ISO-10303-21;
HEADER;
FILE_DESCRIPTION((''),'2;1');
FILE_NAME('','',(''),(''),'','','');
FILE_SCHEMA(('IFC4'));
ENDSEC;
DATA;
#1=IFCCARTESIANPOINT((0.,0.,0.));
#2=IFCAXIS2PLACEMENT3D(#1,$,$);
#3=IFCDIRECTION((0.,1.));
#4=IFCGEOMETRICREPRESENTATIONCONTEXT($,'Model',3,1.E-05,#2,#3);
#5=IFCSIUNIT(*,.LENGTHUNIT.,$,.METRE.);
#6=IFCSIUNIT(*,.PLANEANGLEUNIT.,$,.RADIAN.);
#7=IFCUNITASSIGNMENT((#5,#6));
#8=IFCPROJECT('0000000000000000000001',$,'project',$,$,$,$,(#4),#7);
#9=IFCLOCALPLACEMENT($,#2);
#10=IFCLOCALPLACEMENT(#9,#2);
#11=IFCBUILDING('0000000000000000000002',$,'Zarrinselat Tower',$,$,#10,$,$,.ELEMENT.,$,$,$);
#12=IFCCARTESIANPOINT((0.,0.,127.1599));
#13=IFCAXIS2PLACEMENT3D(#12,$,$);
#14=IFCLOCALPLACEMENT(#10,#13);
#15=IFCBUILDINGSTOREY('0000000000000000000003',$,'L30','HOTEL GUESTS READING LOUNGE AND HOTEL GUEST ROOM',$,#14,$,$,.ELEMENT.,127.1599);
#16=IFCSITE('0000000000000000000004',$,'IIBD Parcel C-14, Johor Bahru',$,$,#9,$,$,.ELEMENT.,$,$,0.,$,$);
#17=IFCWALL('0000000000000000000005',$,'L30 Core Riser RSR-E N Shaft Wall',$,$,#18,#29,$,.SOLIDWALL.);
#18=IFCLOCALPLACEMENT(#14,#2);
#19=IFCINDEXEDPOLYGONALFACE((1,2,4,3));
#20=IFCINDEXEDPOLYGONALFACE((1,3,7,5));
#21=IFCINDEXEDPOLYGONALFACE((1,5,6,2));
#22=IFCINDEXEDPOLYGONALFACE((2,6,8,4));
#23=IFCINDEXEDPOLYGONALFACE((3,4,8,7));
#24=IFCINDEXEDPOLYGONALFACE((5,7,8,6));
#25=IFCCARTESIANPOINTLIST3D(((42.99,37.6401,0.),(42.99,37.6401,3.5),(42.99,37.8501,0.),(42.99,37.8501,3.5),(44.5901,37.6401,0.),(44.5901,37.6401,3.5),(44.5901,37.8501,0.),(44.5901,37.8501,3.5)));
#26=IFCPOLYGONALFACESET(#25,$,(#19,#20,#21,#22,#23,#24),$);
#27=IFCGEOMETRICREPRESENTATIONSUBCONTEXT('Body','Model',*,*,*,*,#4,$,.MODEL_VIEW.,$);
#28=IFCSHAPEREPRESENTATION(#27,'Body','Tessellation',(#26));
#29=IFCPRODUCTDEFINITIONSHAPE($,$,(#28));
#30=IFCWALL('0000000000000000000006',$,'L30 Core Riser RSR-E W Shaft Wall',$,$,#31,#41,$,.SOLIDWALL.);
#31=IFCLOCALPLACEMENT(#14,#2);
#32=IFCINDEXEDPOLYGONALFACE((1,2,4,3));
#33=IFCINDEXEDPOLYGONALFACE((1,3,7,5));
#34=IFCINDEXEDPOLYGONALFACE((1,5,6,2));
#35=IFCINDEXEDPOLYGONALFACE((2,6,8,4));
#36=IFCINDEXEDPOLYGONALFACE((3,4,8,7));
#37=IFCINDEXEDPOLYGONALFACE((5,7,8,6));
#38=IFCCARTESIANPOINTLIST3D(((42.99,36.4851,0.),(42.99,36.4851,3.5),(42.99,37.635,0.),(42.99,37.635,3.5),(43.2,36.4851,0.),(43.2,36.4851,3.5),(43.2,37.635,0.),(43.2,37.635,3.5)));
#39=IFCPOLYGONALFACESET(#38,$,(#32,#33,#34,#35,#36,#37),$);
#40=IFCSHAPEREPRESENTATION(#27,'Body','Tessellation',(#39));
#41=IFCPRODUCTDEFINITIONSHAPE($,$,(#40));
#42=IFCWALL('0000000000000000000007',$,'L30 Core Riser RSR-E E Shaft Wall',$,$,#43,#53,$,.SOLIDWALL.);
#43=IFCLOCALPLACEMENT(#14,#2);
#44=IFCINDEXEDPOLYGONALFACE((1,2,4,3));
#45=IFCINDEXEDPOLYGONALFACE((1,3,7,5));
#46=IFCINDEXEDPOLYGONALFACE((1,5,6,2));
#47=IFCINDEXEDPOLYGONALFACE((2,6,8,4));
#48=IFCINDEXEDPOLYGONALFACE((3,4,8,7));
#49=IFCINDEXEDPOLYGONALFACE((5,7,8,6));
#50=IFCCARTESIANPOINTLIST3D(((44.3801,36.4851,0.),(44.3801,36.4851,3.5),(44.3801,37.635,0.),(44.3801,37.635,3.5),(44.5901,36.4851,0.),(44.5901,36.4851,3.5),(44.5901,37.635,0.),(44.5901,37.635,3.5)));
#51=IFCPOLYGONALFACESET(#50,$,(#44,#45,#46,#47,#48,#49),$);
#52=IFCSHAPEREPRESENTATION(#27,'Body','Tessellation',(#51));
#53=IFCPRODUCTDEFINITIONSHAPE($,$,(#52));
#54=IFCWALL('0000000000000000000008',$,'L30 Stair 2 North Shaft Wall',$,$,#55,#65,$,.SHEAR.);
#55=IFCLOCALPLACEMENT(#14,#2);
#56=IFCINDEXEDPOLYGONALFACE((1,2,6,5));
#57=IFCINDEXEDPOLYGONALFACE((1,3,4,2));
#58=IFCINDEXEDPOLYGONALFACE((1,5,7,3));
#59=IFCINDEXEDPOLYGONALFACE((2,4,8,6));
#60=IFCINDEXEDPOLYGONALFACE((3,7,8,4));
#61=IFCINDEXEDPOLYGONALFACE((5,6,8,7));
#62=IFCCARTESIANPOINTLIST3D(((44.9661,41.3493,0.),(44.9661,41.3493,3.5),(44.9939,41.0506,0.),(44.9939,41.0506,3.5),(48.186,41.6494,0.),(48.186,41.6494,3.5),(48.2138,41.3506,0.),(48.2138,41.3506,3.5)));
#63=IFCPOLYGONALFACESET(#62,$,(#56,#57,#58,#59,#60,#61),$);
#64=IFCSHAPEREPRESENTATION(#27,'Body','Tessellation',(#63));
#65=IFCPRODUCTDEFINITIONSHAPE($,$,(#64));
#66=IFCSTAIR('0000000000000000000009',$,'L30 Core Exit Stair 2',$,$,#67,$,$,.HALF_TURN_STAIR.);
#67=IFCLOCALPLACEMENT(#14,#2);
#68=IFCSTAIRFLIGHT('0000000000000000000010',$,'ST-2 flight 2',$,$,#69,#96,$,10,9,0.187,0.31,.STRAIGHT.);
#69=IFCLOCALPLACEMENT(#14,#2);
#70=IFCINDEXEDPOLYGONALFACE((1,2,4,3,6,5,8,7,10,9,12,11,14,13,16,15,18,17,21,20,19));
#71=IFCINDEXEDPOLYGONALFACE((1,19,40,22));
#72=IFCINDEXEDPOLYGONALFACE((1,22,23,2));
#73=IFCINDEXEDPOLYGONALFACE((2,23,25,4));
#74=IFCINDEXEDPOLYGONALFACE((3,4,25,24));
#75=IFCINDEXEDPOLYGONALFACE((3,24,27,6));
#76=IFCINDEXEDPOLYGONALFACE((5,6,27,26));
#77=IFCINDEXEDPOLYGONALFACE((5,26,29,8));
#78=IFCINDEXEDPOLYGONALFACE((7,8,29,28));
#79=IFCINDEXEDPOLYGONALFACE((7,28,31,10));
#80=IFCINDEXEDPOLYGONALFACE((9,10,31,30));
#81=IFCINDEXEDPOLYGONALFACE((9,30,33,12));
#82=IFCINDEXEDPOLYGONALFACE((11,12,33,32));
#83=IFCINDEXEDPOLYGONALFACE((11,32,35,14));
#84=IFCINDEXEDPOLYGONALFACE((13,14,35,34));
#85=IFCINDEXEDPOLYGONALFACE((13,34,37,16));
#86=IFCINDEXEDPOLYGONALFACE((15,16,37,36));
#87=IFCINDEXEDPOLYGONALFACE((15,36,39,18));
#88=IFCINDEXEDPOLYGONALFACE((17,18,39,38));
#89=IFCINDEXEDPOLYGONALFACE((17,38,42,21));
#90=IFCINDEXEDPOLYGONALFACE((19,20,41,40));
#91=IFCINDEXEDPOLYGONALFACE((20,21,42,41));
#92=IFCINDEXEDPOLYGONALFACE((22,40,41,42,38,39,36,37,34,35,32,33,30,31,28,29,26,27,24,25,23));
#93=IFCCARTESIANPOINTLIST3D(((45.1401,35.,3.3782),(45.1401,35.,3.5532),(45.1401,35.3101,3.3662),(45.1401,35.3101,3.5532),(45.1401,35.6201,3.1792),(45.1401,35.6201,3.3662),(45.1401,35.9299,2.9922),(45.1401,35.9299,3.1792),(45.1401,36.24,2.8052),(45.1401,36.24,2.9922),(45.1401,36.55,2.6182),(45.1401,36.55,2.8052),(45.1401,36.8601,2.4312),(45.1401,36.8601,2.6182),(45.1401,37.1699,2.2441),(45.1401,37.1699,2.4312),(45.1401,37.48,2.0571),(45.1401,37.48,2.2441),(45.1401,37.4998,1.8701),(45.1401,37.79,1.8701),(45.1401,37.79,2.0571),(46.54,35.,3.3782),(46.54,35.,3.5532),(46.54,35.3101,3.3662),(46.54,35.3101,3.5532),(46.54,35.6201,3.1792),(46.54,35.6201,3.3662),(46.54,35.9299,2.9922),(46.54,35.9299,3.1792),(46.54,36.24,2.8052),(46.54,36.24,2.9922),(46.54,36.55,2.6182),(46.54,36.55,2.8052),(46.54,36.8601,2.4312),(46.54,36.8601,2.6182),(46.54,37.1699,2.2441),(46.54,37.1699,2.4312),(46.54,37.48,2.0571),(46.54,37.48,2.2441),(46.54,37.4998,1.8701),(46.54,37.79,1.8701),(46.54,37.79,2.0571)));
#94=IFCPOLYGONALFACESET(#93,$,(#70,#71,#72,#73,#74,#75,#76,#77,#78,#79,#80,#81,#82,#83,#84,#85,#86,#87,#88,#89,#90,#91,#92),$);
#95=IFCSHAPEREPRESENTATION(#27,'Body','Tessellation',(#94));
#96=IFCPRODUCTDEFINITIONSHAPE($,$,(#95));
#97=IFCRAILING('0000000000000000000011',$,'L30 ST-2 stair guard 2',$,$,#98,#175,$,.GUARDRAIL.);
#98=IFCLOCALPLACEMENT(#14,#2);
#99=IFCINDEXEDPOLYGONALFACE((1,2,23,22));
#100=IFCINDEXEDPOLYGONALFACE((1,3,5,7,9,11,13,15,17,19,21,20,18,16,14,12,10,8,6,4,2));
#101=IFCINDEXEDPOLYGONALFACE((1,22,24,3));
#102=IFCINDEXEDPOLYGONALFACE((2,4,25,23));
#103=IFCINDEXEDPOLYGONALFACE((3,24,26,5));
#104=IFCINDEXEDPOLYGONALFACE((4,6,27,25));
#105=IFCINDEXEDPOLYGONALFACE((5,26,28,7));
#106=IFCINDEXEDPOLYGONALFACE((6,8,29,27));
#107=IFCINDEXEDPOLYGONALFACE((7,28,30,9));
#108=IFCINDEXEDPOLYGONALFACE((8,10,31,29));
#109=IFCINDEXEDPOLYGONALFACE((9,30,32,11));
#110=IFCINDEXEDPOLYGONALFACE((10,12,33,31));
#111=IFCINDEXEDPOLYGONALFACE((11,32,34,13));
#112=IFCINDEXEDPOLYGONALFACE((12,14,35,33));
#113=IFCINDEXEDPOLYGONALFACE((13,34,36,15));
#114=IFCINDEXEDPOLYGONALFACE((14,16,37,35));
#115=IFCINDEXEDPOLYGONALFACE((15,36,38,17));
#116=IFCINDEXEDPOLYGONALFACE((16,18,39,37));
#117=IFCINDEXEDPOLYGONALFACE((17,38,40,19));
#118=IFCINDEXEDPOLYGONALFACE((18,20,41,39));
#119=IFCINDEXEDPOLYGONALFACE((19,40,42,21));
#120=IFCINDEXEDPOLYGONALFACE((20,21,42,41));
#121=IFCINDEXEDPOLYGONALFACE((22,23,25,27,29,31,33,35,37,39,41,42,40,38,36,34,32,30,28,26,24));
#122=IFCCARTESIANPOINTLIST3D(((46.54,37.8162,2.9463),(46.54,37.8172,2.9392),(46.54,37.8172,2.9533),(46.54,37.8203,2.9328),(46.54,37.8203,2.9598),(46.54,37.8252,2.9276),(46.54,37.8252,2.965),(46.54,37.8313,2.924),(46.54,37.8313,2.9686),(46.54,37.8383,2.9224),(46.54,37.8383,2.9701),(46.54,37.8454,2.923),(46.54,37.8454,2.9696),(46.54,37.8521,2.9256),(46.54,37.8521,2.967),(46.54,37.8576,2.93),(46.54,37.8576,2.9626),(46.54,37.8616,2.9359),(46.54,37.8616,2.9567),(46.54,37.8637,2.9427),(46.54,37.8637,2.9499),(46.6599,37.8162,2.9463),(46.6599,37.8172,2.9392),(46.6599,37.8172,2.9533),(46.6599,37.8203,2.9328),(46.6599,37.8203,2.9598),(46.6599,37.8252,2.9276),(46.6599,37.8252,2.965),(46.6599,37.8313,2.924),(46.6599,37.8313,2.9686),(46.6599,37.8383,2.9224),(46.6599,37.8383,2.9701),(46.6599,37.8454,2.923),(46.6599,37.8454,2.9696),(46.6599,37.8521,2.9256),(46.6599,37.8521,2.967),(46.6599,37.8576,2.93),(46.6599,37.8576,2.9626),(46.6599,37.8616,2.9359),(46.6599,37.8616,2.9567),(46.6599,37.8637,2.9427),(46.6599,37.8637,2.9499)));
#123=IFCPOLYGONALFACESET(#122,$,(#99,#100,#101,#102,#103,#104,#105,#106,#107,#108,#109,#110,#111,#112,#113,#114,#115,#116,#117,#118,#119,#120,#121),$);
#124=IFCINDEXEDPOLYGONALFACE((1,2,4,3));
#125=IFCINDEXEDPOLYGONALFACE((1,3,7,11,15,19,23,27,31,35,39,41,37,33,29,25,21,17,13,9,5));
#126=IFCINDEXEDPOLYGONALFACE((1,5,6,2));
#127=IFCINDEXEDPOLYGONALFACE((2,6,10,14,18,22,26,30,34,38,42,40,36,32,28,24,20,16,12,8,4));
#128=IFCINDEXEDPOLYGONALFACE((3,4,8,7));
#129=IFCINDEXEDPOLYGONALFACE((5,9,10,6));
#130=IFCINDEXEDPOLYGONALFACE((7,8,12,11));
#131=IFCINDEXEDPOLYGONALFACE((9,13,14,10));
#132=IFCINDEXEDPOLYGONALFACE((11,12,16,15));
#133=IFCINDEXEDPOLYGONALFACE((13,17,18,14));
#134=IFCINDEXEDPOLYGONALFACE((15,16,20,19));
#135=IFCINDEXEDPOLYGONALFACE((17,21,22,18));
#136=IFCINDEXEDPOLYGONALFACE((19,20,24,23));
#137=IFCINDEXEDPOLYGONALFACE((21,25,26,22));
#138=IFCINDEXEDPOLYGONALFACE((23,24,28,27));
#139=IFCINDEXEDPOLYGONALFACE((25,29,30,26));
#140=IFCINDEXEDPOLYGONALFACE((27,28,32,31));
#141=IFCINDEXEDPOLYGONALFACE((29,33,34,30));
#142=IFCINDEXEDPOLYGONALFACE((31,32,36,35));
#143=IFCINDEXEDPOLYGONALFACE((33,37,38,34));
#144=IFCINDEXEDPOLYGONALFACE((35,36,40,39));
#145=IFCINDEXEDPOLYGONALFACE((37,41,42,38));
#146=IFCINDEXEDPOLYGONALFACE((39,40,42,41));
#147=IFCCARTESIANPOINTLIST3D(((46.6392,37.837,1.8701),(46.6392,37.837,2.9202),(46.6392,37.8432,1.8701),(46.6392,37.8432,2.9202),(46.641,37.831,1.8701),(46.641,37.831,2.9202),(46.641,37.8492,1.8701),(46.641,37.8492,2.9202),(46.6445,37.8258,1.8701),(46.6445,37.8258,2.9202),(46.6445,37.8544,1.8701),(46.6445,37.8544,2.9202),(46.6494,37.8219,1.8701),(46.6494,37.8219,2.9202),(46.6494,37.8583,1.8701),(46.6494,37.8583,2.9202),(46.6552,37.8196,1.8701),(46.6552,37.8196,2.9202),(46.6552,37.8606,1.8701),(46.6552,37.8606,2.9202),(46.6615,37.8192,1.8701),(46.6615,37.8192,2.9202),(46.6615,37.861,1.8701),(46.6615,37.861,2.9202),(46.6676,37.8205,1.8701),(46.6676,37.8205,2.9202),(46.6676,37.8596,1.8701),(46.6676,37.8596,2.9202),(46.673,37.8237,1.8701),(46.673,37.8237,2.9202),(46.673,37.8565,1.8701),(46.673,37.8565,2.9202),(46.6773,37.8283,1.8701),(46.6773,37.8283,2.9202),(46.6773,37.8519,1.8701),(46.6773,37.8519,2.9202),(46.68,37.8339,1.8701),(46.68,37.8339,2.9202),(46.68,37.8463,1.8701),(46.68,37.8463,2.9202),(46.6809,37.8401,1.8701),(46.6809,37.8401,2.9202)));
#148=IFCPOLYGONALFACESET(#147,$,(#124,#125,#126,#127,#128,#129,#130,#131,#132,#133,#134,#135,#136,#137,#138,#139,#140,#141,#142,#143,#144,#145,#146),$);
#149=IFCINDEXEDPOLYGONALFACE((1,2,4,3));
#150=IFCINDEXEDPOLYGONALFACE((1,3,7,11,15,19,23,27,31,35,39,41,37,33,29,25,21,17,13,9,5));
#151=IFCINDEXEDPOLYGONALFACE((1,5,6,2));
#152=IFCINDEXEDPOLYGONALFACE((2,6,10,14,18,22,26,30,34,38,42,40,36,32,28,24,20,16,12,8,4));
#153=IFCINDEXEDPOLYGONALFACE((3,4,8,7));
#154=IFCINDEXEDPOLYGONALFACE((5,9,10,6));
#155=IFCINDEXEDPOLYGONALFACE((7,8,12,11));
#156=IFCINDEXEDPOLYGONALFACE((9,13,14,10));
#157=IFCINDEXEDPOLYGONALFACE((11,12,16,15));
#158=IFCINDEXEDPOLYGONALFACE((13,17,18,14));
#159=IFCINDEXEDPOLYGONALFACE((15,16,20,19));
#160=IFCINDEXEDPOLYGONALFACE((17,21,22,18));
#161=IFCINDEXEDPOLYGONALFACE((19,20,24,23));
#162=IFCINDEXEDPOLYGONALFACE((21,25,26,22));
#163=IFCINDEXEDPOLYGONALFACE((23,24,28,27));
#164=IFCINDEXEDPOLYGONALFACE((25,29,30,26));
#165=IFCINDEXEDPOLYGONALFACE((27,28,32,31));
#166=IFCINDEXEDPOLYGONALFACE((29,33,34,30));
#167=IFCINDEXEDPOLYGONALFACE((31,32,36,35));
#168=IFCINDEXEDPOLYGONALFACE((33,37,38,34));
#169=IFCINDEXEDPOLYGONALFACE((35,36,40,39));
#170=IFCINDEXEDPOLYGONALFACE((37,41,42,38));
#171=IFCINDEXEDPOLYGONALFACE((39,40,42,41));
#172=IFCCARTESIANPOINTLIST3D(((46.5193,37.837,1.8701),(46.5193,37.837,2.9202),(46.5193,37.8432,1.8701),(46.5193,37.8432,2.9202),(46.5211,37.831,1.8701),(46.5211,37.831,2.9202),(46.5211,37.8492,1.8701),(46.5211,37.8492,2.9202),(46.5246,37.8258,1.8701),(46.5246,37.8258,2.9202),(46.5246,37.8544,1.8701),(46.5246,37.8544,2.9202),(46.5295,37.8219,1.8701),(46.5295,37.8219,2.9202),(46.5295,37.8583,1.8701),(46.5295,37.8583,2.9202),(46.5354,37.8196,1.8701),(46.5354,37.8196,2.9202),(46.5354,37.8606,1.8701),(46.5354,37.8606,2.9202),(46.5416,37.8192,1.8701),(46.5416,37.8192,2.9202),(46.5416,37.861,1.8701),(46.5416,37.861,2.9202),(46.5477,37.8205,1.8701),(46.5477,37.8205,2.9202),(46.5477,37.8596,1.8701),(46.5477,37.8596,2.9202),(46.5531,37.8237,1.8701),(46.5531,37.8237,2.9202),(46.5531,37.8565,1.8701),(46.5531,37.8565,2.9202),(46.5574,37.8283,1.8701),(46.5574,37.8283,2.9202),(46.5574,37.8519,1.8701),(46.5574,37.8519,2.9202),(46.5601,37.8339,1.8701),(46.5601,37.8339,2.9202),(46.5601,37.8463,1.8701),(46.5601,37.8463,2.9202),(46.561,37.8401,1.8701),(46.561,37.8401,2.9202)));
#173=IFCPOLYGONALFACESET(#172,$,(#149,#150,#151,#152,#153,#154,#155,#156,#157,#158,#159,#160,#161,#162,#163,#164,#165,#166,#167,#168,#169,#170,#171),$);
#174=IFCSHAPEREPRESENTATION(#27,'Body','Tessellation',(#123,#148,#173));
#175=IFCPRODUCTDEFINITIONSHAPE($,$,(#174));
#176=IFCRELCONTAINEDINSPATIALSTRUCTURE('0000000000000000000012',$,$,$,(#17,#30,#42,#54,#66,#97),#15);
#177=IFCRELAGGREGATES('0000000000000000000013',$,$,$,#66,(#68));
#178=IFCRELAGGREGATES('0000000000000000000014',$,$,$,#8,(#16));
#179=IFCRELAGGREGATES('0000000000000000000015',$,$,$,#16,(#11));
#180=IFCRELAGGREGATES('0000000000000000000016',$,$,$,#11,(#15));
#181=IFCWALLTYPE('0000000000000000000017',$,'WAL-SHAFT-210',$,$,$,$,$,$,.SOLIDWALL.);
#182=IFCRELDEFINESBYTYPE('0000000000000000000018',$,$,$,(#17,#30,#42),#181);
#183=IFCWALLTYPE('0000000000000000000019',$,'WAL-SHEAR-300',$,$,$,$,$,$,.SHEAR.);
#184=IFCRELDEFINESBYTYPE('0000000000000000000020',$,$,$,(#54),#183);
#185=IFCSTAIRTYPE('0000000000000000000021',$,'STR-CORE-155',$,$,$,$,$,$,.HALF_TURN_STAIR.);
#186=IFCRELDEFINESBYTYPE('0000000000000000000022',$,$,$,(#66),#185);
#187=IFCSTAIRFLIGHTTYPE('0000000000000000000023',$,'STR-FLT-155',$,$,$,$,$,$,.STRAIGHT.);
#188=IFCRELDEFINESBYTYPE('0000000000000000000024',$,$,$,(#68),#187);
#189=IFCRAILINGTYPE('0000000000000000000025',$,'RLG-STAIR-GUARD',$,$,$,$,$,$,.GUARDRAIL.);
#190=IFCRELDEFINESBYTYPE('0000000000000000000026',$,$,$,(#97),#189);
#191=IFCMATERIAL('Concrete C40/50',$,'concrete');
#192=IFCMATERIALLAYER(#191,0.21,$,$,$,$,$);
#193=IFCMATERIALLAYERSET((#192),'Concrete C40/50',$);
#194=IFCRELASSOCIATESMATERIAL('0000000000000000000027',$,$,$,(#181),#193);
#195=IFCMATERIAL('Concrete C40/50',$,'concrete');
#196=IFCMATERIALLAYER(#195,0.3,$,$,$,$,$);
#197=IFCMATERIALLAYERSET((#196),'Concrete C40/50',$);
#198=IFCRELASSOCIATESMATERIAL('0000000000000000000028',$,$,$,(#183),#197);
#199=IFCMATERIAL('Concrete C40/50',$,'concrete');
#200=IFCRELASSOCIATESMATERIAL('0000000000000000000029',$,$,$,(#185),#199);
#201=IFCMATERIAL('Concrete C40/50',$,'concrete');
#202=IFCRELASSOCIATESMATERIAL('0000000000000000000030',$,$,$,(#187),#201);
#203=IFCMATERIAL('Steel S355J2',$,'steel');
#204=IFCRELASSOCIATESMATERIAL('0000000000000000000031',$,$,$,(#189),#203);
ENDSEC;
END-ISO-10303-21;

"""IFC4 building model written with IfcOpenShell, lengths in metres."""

from ifc_helpers import new_model, si_unit, direction, frame, frame_2d, origin, origin_2d, place, context, subcontext, project, spatial, polyline, rectangle, circle, outline, extrude, material, layer, layer_set, type_object, element, aggregate, save


model = new_model("IFC4")

# Units and contexts
model_context = context("Model", 3, precision=1e-05, world=origin(), true_north=direction((0.0, 1.0)))
body_context = subcontext(model_context, "Body", "Model", "MODEL_VIEW")
ifc_project = project(units=[si_unit("LENGTHUNIT", "METRE"), si_unit("PLANEANGLEUNIT", "RADIAN")], contexts=[model_context])

# Site, building, storey
site_placement = place(None, origin())
site = spatial("IfcSite", under=ifc_project, at=site_placement, Name="IIBD Parcel C-14, Johor Bahru", CompositionType="ELEMENT", RefElevation=0.0)
building_placement = place(site_placement, origin())
building = spatial("IfcBuilding", under=site, at=building_placement, Name="Zarrinselat Tower", CompositionType="ELEMENT")
storey_placement = place(building_placement, frame((0.0, 0.0, 127.1599)))
storey = spatial("IfcBuildingStorey", under=building, at=storey_placement, Name="L30", Description="HOTEL GUESTS READING LOUNGE AND HOTEL GUEST ROOM", CompositionType="ELEMENT", Elevation=127.1599)

# Walls
ifc_material_1 = material(Name="Concrete C40/50", Category="concrete")
ifc_layer_1 = layer(ifc_material_1, 0.21)
ifc_layer_set_1 = layer_set([ifc_layer_1], Name="Concrete C40/50")
wall_type_1 = type_object("IfcWallType", Name="WAL-SHAFT-210", PredefinedType="SOLIDWALL", material=ifc_layer_set_1)
for number, where, z_axis, x_axis, name in (
    (1, (42.99, 37.7451, 0.0), (0.0, 0.0, 1.0), (1.0, 0.0, 0.0), "L30 Core Riser RSR-E N Shaft Wall"),
):
    element("IfcWall", number, at=place(storey_placement, frame(where, z_axis=z_axis, x_axis=x_axis)), inside=storey, type_object=wall_type_1, Name=name, PredefinedType="SOLIDWALL", context=body_context, shape_type="SweptSolid", body=[
        extrude(rectangle(XDim=1.6001, YDim=0.21, at=frame_2d((0.8, 0.0))), origin(), (0.0, 0.0, 1.0), 3.5),
    ])
for number, where, z_axis, x_axis, name in (
    (2, (43.095, 36.4851, 0.0), (0.0, 0.0, 1.0), (0.0, 1.0, 0.0), "L30 Core Riser RSR-E W Shaft Wall"),
    (3, (44.4851, 36.4851, 0.0), (0.0, 0.0, 1.0), (0.0, 1.0, 0.0), "L30 Core Riser RSR-E E Shaft Wall"),
):
    element("IfcWall", number, at=place(storey_placement, frame(where, z_axis=z_axis, x_axis=x_axis)), inside=storey, type_object=wall_type_1, Name=name, PredefinedType="SOLIDWALL", context=body_context, shape_type="SweptSolid", body=[
        extrude(rectangle(XDim=1.1499, YDim=0.21, at=frame_2d((0.575, 0.0))), origin(), (0.0, 0.0, 1.0), 3.5),
    ])
ifc_material_2 = material(Name="Concrete C40/50", Category="concrete")
ifc_layer_2 = layer(ifc_material_2, 0.3)
ifc_layer_set_2 = layer_set([ifc_layer_2], Name="Concrete C40/50")
wall_type_2 = type_object("IfcWallType", Name="WAL-SHEAR-300", PredefinedType="SHEAR", material=ifc_layer_set_2)
wall_1_placement = place(storey_placement, frame((44.98, 41.2, 0.0), z_axis=(0.0, 0.0, 1.0), x_axis=(0.995686, 0.092782, 0.0)))
element("IfcWall", 4, at=wall_1_placement, inside=storey, type_object=wall_type_2, Name="L30 Stair 2 North Shaft Wall", PredefinedType="SHEAR", context=body_context, shape_type="SweptSolid", body=[
    extrude(rectangle(XDim=3.2339, YDim=0.3, at=frame_2d((1.6169, 0.0))), origin(), (0.0, 0.0, 1.0), 3.5),
])

# Stair, stair flight
ifc_material_3 = material(Name="Concrete C40/50", Category="concrete")
stair_type = type_object("IfcStairType", Name="STR-CORE-155", PredefinedType="HALF_TURN_STAIR", material=ifc_material_3)
stair_placement = place(storey_placement, origin())
stair = element("IfcStair", 5, at=stair_placement, inside=storey, type_object=stair_type, Name="L30 Core Exit Stair 2", PredefinedType="HALF_TURN_STAIR")
ifc_material_4 = material(Name="Concrete C40/50", Category="concrete")
stair_flight_type = type_object("IfcStairFlightType", Name="STR-FLT-155", PredefinedType="STRAIGHT", material=ifc_material_4)
stair_flight_placement = place(storey_placement, frame((45.8401, 37.79, 1.8701), z_axis=(0.0, 0.0, 1.0), x_axis=(0.0, -1.0, 0.0)))
stair_flight = element("IfcStairFlight", 6, at=stair_flight_placement, type_object=stair_flight_type, Name="ST-2 flight 2", NumberOfRisers=10, NumberOfTreads=9, PredefinedType="STRAIGHT", RiserHeight=0.187, TreadLength=0.31, context=body_context, shape_type="SweptSolid", body=[
    extrude(outline(polyline([(0.0, 0.0), (0.0, 0.187), (0.3101, 0.187), (0.3101, 0.374), (0.6201, 0.374), (0.6201, 0.561), (0.9299, 0.561), (0.9299, 0.748), (1.24, 0.748), (1.24, 0.9351), (1.55, 0.9351), (1.55, 1.1221), (1.8601, 1.1221), (1.8601, 1.3091), (2.1699, 1.3091), (2.1699, 1.4961), (2.48, 1.4961), (2.48, 1.6831), (2.79, 1.6831), (2.79, 1.8701), (2.79, 1.5081), (0.2903, 0.0), (0.0, 0.0)])), frame((0.0, 0.7, 0.0), z_axis=(0.0, -1.0, 0.0), x_axis=(1.0, 0.0, 0.0)), (0.0, 0.0, 1.0), 1.3999),
])
aggregate(stair, [stair_flight])

# Railing
ifc_material_5 = material(Name="Steel S355J2", Category="steel")
railing_type_1 = type_object("IfcRailingType", Name="RLG-STAIR-GUARD", PredefinedType="GUARDRAIL", material=ifc_material_5)
railing_1_placement = place(storey_placement, frame((46.6599, 37.8401, 1.8701)))
element("IfcRailing", 7, at=railing_1_placement, inside=storey, type_object=railing_type_1, Name="L30 ST-2 stair guard 2", PredefinedType="GUARDRAIL", context=body_context, shape_type="SweptSolid", body=[
    extrude(circle(Radius=0.0239, at=origin_2d()), frame((0.0, 0.0, 1.0762), z_axis=(-1.0, 0.0, 0.0), x_axis=(0.0, -1.0, 0.0)), (0.0, 0.0, 1.0), 0.1199),
    extrude(circle(Radius=0.021, at=origin_2d()), origin(), (0.0, 0.0, 1.0), 1.05),
    extrude(circle(Radius=0.021, at=origin_2d()), frame((-0.1199, 0.0, 0.0)), (0.0, 0.0, 1.0), 1.05),
])

save(model, "model.ifc")
